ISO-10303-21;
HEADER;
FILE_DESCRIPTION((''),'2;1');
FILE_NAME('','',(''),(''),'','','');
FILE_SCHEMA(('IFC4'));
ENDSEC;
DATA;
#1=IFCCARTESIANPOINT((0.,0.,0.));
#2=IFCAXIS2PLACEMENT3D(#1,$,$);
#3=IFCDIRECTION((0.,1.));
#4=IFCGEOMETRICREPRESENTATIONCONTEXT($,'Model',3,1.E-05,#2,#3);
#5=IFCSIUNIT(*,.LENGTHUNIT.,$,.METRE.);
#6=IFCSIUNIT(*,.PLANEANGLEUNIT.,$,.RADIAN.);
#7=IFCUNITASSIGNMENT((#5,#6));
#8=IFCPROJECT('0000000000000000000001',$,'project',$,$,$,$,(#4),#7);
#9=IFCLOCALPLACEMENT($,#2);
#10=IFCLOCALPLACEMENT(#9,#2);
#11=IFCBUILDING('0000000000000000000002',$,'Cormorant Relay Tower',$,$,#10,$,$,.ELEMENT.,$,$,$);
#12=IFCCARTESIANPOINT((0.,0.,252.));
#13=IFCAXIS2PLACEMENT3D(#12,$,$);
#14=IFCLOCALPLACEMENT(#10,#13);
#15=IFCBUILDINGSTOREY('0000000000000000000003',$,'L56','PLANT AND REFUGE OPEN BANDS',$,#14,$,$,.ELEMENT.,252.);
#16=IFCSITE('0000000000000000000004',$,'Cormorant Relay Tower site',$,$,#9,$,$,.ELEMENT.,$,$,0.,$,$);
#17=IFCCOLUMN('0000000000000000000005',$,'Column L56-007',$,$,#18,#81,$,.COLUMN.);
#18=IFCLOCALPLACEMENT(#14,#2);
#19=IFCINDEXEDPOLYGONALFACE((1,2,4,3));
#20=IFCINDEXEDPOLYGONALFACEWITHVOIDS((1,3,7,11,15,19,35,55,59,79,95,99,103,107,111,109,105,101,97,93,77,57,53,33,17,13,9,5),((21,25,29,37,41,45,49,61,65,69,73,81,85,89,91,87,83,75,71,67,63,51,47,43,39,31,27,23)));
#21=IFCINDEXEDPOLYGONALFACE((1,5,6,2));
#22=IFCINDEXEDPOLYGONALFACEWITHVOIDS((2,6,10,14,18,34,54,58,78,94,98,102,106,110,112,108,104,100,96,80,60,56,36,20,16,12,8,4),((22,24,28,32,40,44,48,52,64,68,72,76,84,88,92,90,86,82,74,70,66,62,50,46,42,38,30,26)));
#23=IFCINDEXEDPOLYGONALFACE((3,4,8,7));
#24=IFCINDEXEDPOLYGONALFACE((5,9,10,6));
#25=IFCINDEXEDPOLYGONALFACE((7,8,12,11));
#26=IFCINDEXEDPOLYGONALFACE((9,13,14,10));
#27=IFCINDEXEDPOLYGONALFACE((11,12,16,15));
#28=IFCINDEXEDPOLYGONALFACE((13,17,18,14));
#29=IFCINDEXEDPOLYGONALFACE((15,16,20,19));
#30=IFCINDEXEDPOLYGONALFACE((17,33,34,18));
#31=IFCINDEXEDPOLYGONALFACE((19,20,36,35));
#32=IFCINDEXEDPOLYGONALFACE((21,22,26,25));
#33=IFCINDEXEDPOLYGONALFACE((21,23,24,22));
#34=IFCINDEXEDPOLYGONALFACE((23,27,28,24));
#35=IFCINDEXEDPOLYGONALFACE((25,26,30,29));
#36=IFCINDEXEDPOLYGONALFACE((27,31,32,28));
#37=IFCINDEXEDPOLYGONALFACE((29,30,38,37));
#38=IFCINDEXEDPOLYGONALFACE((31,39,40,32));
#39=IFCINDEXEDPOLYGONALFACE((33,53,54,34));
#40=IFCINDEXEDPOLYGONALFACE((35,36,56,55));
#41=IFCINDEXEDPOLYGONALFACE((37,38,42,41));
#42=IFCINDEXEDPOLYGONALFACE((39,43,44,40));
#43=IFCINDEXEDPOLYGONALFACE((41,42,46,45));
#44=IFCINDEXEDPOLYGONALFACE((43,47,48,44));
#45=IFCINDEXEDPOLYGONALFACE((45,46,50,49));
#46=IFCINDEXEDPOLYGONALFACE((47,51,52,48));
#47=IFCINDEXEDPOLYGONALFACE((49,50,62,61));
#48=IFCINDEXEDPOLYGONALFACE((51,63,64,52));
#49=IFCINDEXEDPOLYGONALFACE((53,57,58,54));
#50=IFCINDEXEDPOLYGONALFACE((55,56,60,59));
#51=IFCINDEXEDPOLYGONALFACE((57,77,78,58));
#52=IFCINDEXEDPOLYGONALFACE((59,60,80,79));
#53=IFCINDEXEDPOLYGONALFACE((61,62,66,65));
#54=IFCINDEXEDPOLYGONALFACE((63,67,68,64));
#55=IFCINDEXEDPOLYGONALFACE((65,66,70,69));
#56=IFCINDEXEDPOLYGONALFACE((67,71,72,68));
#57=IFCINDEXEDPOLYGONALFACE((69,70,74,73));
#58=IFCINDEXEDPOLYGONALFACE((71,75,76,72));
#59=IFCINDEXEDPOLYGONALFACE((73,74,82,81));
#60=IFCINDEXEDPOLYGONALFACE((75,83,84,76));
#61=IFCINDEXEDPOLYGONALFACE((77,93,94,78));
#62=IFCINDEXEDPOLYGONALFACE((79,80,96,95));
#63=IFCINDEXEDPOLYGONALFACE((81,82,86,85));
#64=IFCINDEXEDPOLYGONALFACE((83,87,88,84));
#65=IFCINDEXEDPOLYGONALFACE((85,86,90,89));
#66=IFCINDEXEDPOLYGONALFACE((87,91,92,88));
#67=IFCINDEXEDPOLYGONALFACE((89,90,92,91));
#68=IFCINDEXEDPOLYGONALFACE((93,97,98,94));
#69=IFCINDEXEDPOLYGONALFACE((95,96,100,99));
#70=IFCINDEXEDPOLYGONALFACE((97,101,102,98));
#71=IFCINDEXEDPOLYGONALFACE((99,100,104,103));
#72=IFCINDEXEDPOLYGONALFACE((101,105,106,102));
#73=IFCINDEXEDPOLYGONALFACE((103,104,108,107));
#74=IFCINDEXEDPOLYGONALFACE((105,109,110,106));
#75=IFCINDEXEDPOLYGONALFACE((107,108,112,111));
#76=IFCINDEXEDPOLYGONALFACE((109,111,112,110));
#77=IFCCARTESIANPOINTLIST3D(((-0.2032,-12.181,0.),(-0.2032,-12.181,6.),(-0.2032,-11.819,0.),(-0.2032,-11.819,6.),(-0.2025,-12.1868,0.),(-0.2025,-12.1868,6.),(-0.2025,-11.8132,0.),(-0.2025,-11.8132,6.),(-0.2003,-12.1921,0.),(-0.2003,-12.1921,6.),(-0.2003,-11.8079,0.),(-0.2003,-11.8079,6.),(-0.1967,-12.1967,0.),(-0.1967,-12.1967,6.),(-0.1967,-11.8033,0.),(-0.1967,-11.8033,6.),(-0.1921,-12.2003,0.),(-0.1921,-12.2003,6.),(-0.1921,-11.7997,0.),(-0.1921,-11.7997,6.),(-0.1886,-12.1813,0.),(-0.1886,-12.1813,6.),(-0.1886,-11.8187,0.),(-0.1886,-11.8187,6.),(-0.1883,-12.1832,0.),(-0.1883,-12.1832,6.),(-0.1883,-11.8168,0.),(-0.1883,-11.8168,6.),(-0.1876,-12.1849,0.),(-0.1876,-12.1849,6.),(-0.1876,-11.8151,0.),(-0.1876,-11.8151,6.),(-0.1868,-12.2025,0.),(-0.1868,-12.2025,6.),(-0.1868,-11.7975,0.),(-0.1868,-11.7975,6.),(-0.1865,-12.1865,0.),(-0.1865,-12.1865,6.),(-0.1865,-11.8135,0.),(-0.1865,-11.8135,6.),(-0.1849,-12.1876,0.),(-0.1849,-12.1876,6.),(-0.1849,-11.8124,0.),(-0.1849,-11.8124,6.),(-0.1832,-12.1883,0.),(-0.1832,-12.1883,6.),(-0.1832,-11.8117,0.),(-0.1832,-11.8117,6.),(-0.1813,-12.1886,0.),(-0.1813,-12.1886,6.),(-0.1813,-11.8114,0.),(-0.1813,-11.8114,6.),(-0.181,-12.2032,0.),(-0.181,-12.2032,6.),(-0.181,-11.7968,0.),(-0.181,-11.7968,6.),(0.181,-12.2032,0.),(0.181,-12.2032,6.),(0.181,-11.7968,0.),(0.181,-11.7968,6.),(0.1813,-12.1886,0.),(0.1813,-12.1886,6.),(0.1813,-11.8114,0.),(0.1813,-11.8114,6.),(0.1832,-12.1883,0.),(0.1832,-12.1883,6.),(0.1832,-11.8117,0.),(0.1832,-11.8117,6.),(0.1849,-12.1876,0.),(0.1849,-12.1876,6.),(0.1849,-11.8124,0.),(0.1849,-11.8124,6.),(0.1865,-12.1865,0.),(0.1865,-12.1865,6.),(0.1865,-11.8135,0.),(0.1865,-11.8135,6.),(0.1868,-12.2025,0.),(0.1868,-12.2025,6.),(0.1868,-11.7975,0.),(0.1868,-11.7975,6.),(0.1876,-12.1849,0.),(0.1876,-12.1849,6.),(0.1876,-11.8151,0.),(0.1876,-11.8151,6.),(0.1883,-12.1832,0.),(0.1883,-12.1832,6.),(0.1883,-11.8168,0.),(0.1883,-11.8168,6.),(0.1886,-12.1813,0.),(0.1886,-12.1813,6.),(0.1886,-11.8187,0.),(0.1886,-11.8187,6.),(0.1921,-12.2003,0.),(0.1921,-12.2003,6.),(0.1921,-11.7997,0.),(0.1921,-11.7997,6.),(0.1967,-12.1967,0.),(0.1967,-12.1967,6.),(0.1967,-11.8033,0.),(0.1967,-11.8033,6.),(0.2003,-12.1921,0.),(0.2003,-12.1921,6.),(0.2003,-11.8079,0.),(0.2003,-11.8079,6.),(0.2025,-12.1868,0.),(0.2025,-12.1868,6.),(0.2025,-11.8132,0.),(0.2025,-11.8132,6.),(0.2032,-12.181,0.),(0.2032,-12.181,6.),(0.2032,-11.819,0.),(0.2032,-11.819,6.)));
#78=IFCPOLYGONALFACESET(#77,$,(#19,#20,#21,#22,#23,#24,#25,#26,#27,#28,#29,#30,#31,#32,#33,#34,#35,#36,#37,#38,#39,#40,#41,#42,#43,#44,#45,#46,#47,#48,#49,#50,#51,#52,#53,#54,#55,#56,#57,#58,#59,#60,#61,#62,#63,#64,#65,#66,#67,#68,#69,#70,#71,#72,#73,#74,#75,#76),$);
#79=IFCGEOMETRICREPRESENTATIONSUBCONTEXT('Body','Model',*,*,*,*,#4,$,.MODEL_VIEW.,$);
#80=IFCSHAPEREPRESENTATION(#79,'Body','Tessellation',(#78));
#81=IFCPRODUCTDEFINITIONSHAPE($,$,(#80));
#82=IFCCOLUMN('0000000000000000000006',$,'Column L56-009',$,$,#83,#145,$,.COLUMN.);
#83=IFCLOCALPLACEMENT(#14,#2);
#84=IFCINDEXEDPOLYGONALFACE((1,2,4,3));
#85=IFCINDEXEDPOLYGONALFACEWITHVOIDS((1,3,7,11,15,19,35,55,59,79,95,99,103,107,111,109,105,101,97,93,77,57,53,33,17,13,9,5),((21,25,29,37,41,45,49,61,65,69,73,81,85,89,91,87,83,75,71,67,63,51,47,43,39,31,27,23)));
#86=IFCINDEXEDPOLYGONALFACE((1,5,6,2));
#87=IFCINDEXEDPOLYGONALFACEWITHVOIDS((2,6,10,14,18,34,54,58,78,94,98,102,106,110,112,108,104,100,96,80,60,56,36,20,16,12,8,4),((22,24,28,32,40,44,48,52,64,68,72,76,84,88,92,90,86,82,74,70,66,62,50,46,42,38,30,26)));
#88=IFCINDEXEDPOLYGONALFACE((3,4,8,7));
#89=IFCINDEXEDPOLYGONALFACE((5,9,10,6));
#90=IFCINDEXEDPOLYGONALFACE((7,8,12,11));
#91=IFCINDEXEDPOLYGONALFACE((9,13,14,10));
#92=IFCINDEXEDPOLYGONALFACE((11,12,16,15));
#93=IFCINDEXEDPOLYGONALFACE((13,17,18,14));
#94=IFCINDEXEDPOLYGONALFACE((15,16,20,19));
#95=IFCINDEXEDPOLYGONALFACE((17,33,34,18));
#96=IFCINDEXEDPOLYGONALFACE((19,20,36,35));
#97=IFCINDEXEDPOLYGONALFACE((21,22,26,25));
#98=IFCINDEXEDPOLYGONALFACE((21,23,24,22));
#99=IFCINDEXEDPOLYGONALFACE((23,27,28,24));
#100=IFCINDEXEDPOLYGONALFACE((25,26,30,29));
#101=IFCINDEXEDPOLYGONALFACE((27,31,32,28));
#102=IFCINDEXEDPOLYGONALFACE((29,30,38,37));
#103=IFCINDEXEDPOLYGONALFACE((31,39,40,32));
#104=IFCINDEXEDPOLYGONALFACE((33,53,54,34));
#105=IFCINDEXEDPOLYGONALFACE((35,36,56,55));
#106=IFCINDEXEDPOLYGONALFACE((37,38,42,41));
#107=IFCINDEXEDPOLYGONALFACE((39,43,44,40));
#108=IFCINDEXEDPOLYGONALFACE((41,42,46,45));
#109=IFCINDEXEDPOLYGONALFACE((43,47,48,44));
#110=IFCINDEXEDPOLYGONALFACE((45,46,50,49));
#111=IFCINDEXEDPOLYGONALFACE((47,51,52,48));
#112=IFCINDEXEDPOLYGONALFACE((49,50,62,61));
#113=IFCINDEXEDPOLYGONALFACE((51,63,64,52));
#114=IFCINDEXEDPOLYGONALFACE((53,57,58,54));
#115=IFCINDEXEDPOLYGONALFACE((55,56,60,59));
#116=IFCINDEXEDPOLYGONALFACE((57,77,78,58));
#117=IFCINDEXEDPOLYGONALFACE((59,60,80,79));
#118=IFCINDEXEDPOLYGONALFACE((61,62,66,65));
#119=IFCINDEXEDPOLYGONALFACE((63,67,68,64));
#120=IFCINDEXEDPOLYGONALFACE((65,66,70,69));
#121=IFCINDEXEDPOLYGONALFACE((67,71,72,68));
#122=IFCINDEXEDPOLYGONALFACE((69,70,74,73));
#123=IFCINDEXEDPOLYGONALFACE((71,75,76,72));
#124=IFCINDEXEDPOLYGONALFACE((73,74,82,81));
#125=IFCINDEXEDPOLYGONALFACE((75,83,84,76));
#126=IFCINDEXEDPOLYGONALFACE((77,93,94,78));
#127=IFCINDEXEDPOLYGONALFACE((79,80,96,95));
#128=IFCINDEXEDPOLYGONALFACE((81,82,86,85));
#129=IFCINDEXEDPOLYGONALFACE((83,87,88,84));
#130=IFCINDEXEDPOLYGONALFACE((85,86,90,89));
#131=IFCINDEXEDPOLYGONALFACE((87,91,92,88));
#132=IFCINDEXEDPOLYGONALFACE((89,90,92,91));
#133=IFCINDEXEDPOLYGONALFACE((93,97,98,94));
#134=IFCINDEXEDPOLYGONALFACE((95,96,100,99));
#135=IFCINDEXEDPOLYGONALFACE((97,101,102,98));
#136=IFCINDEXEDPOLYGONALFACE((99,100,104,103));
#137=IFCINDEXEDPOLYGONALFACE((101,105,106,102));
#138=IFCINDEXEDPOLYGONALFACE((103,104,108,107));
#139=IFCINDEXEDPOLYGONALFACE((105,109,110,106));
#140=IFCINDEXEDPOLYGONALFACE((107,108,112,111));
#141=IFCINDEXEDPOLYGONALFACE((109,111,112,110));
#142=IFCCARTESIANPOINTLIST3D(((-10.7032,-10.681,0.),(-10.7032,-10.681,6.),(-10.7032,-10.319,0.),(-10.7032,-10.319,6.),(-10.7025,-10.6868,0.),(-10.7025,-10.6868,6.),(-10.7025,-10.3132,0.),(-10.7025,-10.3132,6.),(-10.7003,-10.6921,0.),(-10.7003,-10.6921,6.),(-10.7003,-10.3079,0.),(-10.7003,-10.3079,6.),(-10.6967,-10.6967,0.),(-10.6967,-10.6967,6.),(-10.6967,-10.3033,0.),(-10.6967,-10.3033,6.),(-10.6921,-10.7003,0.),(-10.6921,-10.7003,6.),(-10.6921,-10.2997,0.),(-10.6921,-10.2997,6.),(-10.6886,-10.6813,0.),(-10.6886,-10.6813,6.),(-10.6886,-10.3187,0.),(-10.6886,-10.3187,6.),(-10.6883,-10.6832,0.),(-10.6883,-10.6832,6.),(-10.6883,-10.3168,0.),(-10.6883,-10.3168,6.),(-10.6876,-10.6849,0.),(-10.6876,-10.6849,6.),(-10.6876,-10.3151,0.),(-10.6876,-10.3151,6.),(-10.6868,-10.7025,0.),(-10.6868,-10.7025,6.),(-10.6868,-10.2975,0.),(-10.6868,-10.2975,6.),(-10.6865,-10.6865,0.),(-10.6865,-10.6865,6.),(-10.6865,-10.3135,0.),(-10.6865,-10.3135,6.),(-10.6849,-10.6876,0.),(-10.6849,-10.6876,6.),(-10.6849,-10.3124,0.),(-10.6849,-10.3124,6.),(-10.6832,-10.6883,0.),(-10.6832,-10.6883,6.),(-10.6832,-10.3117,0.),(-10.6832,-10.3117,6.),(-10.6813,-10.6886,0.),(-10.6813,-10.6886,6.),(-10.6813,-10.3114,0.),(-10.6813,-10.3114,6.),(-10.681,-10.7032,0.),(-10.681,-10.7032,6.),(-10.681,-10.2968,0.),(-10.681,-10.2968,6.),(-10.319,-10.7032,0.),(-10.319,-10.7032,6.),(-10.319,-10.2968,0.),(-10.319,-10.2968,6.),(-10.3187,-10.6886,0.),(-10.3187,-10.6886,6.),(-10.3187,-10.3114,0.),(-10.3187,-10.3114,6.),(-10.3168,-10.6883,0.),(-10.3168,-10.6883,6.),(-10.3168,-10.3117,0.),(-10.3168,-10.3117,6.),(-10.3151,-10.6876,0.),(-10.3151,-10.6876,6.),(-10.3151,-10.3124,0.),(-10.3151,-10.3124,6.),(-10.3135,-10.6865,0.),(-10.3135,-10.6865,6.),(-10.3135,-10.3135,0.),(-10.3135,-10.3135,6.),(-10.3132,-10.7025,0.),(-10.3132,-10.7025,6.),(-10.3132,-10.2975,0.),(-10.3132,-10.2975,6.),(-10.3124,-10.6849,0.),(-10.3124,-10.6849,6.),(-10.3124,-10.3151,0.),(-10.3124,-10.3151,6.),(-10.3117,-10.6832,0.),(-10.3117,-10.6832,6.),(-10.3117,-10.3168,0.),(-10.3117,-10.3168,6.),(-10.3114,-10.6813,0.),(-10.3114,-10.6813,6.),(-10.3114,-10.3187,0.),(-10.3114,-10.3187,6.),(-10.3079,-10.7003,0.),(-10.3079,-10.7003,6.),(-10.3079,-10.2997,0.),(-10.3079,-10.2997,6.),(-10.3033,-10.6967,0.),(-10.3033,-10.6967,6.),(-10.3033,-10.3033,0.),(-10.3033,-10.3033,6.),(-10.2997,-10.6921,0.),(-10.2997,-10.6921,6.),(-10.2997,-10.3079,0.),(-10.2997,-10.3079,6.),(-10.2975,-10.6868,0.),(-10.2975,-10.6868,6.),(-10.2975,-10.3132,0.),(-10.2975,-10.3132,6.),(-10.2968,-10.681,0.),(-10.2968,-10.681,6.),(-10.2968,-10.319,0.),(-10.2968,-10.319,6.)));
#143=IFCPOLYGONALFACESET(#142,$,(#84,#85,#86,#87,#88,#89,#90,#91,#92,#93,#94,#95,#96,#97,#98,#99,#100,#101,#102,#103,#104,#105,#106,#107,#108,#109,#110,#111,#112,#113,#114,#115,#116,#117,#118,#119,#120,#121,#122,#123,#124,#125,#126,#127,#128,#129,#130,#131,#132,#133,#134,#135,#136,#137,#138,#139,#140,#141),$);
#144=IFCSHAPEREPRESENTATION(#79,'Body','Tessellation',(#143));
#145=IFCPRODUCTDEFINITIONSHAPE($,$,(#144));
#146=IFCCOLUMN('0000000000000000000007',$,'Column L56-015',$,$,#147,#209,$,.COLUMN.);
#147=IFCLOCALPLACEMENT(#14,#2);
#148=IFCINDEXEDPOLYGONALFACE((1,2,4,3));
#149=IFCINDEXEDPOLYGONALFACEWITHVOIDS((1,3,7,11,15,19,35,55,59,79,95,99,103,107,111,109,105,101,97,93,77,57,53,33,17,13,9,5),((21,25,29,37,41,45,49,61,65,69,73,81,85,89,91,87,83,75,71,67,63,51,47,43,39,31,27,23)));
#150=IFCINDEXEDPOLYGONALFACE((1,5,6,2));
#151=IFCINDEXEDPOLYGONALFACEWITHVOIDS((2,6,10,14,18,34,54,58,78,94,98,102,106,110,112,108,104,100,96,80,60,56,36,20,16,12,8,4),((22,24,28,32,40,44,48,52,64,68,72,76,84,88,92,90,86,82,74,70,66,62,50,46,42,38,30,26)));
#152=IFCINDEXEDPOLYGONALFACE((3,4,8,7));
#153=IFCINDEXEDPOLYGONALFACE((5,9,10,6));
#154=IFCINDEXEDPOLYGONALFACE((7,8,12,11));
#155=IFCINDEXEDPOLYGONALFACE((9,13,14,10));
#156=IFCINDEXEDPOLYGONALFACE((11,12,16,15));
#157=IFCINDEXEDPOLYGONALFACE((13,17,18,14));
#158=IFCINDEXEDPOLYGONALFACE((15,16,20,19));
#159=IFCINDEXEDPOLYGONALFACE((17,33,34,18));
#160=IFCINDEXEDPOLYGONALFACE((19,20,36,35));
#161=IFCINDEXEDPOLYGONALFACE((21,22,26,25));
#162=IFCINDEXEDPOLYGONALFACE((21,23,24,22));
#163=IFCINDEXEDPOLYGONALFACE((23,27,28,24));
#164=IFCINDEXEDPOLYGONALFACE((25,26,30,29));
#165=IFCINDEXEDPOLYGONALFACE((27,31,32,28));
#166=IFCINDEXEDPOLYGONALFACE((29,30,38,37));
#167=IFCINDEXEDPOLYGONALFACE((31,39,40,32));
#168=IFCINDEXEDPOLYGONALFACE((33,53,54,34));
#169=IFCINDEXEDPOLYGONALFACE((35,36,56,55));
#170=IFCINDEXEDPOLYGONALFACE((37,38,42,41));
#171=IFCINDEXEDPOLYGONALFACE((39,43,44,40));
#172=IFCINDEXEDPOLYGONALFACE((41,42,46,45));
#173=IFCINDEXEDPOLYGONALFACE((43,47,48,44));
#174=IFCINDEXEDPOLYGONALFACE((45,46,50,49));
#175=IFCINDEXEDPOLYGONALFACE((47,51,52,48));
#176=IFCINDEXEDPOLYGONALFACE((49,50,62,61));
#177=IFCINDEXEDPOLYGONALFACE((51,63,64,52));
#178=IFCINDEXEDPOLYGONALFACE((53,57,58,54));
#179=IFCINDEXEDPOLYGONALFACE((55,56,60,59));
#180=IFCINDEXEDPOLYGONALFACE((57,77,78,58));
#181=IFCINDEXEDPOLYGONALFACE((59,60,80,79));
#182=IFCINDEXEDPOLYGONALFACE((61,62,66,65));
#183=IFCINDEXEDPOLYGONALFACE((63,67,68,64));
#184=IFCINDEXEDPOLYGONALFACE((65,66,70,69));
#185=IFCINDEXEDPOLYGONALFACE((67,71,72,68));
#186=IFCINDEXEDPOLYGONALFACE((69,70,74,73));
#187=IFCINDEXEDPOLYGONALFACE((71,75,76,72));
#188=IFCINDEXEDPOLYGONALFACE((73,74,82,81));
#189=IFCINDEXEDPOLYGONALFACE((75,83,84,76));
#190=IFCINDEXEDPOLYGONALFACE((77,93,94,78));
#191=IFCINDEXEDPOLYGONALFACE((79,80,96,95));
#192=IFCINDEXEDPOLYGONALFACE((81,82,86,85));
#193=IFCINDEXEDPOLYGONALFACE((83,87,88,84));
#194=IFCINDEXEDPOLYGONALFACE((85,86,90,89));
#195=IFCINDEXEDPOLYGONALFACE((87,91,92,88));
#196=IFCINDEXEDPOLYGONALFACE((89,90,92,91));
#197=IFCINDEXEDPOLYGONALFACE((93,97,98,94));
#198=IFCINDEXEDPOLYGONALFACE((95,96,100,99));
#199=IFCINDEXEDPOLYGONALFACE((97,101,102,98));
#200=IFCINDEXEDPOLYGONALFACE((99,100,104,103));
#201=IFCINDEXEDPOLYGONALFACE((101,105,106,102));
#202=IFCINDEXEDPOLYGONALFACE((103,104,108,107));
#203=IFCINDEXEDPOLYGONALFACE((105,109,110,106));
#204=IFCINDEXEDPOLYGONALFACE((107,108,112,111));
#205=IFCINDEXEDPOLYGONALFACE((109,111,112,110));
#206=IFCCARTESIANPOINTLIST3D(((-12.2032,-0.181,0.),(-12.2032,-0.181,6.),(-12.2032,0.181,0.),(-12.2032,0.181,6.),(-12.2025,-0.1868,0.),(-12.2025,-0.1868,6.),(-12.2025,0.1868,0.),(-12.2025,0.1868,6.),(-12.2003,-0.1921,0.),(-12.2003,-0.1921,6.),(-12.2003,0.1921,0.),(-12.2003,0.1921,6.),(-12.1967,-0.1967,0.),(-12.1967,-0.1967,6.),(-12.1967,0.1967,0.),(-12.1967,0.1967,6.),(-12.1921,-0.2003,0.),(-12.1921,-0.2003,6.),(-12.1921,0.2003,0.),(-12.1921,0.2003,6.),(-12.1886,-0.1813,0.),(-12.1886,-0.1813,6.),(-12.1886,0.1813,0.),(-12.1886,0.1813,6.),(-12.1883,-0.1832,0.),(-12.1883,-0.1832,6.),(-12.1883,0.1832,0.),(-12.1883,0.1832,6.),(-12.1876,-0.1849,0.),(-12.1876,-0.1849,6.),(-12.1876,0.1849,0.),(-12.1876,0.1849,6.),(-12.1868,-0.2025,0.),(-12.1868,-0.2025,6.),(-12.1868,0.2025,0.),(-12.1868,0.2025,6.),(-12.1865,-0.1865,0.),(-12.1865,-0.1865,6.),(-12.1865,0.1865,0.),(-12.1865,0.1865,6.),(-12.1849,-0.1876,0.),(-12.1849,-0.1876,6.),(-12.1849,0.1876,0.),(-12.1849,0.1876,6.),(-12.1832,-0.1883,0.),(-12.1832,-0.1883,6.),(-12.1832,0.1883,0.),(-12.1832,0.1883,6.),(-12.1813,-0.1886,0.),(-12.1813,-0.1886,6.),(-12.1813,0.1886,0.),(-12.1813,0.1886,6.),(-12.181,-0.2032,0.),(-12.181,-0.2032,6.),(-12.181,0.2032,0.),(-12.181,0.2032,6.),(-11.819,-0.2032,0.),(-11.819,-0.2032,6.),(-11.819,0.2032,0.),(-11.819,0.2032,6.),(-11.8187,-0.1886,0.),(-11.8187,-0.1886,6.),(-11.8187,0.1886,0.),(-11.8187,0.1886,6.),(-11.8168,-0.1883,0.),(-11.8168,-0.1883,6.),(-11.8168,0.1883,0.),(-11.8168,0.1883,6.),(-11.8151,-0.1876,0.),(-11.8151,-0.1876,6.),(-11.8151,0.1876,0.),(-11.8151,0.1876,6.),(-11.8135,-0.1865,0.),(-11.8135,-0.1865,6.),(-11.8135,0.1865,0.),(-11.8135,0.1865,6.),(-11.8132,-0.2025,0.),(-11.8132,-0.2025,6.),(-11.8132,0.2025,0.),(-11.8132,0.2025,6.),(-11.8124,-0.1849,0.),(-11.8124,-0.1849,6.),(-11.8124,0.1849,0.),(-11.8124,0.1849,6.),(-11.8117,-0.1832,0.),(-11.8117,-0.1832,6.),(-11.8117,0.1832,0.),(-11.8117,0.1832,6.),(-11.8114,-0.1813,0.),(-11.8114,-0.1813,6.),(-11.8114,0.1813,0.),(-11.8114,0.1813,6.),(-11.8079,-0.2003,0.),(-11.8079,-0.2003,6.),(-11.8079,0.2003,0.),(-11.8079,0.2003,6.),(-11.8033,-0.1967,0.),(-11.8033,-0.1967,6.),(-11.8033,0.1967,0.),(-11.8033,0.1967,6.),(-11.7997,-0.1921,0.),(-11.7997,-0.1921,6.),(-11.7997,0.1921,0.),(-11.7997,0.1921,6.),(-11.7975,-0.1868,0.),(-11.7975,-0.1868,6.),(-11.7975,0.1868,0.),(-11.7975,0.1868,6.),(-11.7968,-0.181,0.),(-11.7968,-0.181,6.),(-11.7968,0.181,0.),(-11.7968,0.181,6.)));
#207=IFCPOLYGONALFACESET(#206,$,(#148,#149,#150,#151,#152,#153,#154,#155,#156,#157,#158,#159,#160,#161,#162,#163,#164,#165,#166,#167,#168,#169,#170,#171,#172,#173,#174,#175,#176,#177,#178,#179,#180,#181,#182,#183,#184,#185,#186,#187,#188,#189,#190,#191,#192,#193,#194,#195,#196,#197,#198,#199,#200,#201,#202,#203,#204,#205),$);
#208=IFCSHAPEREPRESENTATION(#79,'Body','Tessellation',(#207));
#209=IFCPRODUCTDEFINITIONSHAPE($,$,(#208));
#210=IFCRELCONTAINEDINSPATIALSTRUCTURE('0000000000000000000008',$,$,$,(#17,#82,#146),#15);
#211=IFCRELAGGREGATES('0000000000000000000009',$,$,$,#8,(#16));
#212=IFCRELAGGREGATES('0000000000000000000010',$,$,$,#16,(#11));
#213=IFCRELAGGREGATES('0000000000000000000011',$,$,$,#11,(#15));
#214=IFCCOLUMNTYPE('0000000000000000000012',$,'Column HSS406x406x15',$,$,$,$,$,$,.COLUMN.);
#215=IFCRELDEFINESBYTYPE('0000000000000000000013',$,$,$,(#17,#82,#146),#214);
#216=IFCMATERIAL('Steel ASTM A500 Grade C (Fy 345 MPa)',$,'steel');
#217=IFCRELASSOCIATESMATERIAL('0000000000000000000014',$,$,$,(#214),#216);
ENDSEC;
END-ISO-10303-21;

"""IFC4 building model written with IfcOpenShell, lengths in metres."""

from ifc_helpers import new_model, si_unit, direction, frame, origin, origin_2d, place, context, subcontext, project, spatial, hollow_rectangle, extrude, material, material_profile, profile_set, type_object, element, save


model = new_model("IFC4")

# Units and contexts
model_context = context("Model", 3, precision=1e-05, world=origin(), true_north=direction((0.0, 1.0)))
body_context = subcontext(model_context, "Body", "Model", "MODEL_VIEW")
ifc_project = project(units=[si_unit("LENGTHUNIT", "METRE"), si_unit("PLANEANGLEUNIT", "RADIAN")], contexts=[model_context])

# Site, building, storey
site_placement = place(None, origin())
site = spatial("IfcSite", under=ifc_project, at=site_placement, Name="Cormorant Relay Tower site", CompositionType="ELEMENT", RefElevation=0.0)
building_placement = place(site_placement, origin())
building = spatial("IfcBuilding", under=site, at=building_placement, Name="Cormorant Relay Tower", CompositionType="ELEMENT")
storey_placement = place(building_placement, frame((0.0, 0.0, 252.0)))
storey = spatial("IfcBuildingStorey", under=building, at=storey_placement, Name="L56", Description="PLANT AND REFUGE OPEN BANDS", CompositionType="ELEMENT", Elevation=252.0)

# Columns
ifc_material_1 = material(Name="Steel ASTM A500 Grade C (Fy 345 MPa)", Category="steel")
ifc_material_profile = material_profile(ifc_material_1, hollow_rectangle(XDim=0.4065, YDim=0.4065, WallThickness=0.0146, InnerFilletRadius=0.0073, OuterFilletRadius=0.0222, at=origin_2d()), Name="HSS406x406x15")
ifc_profile_set = profile_set([ifc_material_profile], Name="Steel ASTM A500 Grade C (Fy 345 MPa)")
column_type = type_object("IfcColumnType", Name="Column HSS406x406x15", PredefinedType="COLUMN", material=ifc_profile_set)
for number, where, z_axis, x_axis, name in (
    (1, (0.0, -12.0, 0.0), (0.0, 0.0, 1.0), (1.0, 0.0, 0.0), "Column L56-007"),
    (2, (-10.5, -10.5, 0.0), (0.0, 0.0, 1.0), (1.0, 0.0, 0.0), "Column L56-009"),
    (3, (-12.0, 0.0, 0.0), (0.0, 0.0, 1.0), (1.0, 0.0, 0.0), "Column L56-015"),
):
    element("IfcColumn", number, at=place(storey_placement, frame(where, z_axis=z_axis, x_axis=x_axis)), inside=storey, type_object=column_type, Name=name, PredefinedType="COLUMN", context=body_context, shape_type="SweptSolid", body=[
        extrude(hollow_rectangle(XDim=0.4065, YDim=0.4065, WallThickness=0.0146, InnerFilletRadius=0.0073, OuterFilletRadius=0.0222, at=origin_2d()), origin(), (0.0, 0.0, 1.0), 6.0),
    ])

save(model, "model.ifc")
